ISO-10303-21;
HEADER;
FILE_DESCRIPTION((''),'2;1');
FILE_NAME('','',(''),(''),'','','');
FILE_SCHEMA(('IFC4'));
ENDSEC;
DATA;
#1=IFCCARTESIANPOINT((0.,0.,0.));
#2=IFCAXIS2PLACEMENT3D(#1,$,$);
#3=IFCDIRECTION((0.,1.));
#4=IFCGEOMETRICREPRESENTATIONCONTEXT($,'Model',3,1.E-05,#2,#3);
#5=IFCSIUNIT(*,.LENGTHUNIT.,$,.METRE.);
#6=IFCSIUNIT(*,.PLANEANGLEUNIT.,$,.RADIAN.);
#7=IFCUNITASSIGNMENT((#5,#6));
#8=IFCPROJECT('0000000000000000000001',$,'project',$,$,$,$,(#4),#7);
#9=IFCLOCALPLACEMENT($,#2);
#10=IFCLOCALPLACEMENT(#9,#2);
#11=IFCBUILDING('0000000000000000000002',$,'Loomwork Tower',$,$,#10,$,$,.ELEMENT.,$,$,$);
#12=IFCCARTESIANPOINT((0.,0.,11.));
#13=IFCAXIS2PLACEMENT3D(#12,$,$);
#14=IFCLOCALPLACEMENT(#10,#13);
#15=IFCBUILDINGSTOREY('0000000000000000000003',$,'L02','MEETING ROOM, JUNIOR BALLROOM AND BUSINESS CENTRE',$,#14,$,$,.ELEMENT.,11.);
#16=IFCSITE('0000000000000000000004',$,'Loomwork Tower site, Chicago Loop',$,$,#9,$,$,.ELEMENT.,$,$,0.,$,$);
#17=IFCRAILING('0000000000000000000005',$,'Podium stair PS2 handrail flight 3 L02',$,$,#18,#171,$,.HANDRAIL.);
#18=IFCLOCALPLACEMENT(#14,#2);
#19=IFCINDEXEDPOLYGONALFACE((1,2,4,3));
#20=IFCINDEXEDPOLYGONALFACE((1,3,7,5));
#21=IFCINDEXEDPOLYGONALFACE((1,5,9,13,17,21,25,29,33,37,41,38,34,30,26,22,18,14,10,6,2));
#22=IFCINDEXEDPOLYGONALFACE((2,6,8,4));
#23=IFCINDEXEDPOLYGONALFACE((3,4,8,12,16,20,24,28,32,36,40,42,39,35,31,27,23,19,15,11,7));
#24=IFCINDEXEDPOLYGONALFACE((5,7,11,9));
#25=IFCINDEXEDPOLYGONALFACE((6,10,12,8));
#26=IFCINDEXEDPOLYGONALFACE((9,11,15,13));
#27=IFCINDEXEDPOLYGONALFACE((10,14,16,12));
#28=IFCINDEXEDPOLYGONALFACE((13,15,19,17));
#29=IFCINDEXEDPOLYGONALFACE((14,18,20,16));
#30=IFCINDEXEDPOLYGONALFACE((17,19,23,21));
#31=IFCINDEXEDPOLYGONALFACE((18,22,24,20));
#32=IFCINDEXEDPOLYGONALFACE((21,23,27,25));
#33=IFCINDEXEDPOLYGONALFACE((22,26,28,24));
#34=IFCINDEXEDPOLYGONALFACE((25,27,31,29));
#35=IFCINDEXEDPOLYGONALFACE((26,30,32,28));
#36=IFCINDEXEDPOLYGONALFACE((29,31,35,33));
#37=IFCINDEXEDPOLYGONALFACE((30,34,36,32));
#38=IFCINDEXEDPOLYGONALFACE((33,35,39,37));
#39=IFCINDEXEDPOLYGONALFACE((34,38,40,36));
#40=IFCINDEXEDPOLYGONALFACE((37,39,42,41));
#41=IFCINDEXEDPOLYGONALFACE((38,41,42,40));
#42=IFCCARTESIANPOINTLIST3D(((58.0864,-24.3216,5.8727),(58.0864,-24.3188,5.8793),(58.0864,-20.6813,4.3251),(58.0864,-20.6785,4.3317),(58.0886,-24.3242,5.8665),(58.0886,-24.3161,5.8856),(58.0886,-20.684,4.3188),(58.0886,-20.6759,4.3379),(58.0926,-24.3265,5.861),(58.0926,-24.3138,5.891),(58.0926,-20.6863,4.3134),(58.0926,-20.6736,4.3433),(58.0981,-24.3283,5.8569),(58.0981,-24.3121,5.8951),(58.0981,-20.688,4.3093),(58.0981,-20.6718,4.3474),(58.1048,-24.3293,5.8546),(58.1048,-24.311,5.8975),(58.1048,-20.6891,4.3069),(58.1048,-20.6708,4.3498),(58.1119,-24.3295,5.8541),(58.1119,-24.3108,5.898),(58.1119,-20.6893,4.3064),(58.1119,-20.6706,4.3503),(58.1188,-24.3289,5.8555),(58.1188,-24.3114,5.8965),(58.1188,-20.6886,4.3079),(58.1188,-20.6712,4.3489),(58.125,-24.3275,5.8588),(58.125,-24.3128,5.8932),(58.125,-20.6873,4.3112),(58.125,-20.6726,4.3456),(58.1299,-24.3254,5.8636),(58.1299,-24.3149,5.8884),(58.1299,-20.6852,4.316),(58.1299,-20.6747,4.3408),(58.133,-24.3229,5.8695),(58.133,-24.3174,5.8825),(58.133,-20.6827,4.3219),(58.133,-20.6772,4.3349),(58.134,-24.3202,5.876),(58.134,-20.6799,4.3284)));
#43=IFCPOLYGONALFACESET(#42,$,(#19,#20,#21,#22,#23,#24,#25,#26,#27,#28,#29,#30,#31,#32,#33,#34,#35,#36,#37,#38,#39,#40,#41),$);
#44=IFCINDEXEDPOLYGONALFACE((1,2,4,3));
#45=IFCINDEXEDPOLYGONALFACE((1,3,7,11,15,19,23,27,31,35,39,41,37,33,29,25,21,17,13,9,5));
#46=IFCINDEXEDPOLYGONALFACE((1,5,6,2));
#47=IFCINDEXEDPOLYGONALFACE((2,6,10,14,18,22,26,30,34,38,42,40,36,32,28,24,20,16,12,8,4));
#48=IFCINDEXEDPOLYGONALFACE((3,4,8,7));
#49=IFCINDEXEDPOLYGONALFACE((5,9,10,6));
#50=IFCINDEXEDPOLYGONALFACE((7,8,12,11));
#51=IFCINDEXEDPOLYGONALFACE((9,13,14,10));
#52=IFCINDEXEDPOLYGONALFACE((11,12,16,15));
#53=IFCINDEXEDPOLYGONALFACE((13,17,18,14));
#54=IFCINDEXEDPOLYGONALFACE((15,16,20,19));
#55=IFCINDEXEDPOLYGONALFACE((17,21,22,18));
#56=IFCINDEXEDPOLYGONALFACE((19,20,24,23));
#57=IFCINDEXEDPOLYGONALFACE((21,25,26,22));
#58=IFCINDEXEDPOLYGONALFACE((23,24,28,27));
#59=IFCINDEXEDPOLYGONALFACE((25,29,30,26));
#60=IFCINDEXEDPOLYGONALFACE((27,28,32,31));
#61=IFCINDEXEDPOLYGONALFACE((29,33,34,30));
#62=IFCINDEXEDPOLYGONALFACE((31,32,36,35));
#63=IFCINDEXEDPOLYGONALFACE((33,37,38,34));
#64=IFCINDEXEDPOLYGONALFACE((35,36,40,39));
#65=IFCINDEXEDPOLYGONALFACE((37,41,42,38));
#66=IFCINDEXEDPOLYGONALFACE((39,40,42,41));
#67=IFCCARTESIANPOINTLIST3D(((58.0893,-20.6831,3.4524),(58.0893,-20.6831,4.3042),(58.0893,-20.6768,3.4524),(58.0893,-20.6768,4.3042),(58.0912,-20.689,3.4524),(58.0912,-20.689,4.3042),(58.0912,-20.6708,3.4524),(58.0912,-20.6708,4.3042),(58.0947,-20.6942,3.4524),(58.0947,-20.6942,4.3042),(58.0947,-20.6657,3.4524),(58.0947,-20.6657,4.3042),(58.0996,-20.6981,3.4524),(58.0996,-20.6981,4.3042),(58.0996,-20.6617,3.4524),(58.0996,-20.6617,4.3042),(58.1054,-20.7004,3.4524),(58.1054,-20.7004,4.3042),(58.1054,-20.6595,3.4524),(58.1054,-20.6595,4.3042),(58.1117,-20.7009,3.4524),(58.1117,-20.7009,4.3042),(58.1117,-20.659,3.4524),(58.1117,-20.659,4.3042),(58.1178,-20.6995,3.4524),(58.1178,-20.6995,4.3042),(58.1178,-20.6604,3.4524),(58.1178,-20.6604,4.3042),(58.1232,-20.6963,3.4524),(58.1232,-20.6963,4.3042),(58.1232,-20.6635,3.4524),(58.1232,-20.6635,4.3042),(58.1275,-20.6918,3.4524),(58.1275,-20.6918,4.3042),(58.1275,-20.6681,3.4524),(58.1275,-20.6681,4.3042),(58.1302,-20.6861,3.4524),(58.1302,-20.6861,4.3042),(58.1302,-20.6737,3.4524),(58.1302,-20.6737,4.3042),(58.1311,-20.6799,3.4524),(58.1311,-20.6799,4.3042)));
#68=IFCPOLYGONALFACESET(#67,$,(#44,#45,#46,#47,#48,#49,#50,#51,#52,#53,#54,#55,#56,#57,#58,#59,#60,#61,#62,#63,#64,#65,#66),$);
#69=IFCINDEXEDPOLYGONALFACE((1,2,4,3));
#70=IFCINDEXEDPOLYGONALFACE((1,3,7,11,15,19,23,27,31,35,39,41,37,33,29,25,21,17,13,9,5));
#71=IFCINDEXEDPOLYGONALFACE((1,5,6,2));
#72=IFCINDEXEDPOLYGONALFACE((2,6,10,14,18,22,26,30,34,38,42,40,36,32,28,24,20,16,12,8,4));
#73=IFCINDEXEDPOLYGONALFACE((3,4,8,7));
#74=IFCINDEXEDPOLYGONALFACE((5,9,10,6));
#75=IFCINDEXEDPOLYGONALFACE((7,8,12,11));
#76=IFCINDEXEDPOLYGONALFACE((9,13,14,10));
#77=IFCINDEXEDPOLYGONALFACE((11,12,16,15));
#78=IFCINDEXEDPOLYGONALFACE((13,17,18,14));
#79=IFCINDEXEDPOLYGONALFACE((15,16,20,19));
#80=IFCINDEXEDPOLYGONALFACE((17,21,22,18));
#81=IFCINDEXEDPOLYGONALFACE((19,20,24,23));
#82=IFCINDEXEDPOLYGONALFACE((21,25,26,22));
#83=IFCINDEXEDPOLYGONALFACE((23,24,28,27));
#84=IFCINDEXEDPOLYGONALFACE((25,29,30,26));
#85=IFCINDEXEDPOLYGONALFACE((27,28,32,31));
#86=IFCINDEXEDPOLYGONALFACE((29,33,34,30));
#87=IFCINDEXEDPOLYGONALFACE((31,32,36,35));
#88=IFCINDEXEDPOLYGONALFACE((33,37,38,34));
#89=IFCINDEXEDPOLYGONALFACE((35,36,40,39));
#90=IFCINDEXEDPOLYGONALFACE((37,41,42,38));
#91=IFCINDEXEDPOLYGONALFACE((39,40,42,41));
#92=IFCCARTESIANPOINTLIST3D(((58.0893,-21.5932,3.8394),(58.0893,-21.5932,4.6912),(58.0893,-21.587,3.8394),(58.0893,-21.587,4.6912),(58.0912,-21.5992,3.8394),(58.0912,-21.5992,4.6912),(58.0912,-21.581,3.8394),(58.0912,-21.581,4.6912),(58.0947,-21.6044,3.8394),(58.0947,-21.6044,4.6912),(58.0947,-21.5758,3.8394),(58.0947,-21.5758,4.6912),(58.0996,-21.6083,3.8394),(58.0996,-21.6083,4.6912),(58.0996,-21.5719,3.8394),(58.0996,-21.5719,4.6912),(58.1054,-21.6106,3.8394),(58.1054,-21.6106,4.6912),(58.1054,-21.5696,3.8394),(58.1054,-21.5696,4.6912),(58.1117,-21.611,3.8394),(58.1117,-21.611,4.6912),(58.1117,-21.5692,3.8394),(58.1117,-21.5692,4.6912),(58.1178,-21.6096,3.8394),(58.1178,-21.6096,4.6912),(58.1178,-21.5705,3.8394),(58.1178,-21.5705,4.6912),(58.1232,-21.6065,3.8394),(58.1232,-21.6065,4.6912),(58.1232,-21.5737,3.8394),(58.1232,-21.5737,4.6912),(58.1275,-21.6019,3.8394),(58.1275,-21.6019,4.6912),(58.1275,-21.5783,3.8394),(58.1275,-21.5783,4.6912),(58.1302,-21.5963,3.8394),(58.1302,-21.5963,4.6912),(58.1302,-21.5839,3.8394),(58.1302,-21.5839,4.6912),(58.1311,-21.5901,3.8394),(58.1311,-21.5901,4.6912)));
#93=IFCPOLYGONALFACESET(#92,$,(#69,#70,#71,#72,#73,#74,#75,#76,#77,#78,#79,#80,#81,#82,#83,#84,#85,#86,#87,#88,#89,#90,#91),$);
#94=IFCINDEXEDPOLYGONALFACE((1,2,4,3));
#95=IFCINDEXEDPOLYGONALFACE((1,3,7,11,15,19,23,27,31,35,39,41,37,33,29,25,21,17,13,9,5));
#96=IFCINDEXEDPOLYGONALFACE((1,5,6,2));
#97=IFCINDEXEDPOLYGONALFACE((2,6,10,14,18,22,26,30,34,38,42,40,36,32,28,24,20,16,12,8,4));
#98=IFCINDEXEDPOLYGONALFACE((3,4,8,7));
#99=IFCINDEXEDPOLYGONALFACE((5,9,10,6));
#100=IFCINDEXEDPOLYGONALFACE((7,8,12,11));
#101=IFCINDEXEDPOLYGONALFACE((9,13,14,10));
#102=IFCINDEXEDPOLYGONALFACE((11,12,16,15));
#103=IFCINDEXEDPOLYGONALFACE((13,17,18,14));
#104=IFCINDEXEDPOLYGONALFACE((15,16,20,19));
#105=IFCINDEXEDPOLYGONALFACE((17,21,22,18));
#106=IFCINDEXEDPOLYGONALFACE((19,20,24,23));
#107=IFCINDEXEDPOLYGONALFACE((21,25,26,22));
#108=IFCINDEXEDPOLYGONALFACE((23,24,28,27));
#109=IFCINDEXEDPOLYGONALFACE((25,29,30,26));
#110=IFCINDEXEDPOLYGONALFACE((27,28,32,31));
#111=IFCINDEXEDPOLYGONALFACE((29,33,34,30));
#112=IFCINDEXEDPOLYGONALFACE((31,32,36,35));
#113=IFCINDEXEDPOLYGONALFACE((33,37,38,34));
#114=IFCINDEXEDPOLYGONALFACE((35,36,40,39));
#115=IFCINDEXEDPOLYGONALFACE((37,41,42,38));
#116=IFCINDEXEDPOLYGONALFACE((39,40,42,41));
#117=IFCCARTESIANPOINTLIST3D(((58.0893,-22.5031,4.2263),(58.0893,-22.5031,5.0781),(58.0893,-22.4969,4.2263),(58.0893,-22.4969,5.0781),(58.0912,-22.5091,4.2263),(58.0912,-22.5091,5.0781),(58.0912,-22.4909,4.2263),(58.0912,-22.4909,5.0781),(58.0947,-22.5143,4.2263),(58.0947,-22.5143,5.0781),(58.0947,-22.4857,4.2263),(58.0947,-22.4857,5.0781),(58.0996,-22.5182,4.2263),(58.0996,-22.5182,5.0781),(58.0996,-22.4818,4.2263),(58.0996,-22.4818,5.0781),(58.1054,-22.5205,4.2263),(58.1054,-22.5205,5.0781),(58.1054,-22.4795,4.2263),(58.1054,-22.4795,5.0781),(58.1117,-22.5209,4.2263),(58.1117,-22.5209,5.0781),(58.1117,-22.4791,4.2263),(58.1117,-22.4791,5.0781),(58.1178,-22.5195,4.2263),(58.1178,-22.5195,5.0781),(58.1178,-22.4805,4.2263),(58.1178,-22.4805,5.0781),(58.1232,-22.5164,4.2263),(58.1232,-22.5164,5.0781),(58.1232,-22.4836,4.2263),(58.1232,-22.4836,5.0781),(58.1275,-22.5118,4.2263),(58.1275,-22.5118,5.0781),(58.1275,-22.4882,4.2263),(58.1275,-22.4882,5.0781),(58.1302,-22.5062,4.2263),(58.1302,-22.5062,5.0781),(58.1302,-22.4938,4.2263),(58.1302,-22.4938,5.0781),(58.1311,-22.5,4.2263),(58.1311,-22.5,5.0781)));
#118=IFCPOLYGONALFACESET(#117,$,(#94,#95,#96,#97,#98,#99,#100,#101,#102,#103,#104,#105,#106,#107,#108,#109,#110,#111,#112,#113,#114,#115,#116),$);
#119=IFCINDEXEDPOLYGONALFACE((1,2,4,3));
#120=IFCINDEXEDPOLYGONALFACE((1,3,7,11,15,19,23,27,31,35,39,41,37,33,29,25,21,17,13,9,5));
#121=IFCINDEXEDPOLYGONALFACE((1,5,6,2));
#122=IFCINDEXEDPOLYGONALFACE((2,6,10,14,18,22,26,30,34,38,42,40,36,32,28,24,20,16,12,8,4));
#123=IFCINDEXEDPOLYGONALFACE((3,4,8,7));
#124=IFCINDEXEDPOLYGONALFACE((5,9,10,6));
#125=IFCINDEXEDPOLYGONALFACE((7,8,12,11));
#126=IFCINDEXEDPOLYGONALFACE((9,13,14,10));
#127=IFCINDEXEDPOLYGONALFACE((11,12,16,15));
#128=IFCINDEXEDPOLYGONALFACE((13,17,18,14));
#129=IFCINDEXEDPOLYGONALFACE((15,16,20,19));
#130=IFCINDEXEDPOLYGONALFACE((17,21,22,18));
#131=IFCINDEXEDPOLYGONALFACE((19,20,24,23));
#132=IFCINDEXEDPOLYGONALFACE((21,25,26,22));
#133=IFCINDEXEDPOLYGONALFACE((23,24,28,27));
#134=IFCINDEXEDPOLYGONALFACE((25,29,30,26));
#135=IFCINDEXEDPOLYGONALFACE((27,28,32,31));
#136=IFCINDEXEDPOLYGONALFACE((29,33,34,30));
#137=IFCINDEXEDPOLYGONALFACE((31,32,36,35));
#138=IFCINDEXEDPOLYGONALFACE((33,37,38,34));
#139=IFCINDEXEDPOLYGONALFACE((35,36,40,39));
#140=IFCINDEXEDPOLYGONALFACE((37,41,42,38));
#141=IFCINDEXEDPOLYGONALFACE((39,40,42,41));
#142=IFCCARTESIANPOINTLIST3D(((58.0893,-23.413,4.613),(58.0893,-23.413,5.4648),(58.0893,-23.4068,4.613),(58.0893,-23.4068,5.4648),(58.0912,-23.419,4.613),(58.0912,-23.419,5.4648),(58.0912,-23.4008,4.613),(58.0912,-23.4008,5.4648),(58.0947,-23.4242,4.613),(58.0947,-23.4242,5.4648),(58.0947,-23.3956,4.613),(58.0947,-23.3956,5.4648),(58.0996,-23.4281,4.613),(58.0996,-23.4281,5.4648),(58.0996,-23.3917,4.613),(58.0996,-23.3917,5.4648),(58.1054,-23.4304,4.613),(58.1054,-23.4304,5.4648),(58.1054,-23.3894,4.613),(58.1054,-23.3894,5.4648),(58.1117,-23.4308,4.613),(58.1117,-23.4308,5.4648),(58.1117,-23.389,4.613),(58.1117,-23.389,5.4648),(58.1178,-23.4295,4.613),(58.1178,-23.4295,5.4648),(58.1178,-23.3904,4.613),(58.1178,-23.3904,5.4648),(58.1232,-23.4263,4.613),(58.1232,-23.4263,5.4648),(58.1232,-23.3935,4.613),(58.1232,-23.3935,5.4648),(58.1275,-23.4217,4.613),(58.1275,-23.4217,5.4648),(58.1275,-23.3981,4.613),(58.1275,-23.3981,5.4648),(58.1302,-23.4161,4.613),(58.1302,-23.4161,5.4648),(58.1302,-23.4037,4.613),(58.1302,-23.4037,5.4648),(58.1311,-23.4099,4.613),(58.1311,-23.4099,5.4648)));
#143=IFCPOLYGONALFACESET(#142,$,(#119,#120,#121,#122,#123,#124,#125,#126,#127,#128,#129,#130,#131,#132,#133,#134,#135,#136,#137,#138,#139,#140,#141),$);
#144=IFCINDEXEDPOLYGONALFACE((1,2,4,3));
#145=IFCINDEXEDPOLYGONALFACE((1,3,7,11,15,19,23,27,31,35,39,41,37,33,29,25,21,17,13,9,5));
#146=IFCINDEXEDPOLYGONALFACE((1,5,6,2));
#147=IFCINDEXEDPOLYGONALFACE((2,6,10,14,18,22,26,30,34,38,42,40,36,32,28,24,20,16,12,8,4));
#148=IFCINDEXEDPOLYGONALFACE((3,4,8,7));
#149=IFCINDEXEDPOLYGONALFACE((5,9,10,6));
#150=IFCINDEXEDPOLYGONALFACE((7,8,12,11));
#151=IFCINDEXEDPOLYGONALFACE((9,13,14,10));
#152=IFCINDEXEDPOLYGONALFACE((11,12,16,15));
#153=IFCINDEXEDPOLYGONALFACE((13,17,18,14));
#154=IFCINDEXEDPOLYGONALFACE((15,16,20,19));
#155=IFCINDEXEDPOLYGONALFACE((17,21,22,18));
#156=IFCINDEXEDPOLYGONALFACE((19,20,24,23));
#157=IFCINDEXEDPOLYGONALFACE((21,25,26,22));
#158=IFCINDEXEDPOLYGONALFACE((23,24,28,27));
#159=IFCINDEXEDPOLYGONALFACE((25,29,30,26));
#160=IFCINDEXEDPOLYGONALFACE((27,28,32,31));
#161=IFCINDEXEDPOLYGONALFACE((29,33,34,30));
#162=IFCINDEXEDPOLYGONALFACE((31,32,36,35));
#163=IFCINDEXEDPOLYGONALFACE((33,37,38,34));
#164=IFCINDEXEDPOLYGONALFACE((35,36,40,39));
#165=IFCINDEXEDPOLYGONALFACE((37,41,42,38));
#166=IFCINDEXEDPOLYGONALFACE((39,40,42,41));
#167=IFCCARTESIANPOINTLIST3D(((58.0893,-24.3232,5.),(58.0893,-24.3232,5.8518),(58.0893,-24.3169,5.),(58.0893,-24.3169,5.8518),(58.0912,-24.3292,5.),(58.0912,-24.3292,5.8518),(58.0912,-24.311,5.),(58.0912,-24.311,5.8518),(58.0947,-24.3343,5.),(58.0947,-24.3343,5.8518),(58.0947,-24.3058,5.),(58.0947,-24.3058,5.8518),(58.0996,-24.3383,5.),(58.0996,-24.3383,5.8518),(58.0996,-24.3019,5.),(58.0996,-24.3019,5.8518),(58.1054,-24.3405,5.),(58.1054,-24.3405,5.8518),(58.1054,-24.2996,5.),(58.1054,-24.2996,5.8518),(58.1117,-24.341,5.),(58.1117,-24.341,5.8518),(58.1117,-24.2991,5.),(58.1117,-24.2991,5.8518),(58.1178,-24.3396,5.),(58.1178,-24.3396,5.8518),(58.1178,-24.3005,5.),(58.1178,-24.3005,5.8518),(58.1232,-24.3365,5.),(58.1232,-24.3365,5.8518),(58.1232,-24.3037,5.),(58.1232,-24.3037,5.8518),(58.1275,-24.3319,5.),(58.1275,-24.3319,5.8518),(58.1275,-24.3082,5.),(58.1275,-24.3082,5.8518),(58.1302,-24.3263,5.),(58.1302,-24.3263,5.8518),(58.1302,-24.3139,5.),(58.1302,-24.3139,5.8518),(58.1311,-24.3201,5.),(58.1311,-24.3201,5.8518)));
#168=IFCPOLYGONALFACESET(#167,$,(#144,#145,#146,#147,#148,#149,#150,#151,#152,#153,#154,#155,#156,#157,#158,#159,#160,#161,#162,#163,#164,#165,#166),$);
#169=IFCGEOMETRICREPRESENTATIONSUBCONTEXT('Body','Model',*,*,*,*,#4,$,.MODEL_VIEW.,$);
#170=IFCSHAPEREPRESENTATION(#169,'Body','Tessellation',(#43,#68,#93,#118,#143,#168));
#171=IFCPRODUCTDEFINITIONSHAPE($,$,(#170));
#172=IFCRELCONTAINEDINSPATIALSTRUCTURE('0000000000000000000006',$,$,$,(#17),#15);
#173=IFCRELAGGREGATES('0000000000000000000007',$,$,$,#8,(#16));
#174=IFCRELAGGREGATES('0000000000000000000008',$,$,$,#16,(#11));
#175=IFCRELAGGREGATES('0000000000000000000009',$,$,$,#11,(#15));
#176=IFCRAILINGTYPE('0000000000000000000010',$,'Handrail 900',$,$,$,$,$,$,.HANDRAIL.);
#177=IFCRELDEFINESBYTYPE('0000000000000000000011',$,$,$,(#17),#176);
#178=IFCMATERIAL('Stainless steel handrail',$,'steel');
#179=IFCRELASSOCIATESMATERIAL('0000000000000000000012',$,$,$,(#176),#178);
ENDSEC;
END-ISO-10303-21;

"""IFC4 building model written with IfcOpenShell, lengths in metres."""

from ifc_helpers import new_model, si_unit, direction, frame, origin, origin_2d, place, context, subcontext, project, spatial, circle, extrude, material, type_object, element, save


model = new_model("IFC4")

# Units and contexts
model_context = context("Model", 3, precision=1e-05, world=origin(), true_north=direction((0.0, 1.0)))
body_context = subcontext(model_context, "Body", "Model", "MODEL_VIEW")
ifc_project = project(units=[si_unit("LENGTHUNIT", "METRE"), si_unit("PLANEANGLEUNIT", "RADIAN")], contexts=[model_context])

# Site, building, storey
site_placement = place(None, origin())
site = spatial("IfcSite", under=ifc_project, at=site_placement, Name="Loomwork Tower site, Chicago Loop", CompositionType="ELEMENT", RefElevation=0.0)
building_placement = place(site_placement, origin())
building = spatial("IfcBuilding", under=site, at=building_placement, Name="Loomwork Tower", CompositionType="ELEMENT")
storey_placement = place(building_placement, frame((0.0, 0.0, 11.0)))
storey = spatial("IfcBuildingStorey", under=building, at=storey_placement, Name="L02", Description="MEETING ROOM, JUNIOR BALLROOM AND BUSINESS CENTRE", CompositionType="ELEMENT", Elevation=11.0)

# Railing
ifc_material_1 = material(Name="Stainless steel handrail", Category="steel")
railing_type = type_object("IfcRailingType", Name="Handrail 900", PredefinedType="HANDRAIL", material=ifc_material_1)
railing_1_placement = place(storey_placement, frame((58.1101, -20.6799, 3.4524)))
element("IfcRailing", 1, at=railing_1_placement, inside=storey, type_object=railing_type, Name="Podium stair PS2 handrail flight 3 L02", PredefinedType="HANDRAIL", context=body_context, shape_type="SweptSolid", body=[
    extrude(circle(Radius=0.0239, at=origin_2d()), frame((0.0, 0.0, 0.876), z_axis=(0.0, -0.920281, 0.391258), x_axis=(1.0, 0.0, 0.0)), (0.0, 0.0, 1.0), 3.9556),
    extrude(circle(Radius=0.021, at=origin_2d()), origin(), (0.0, 0.0, 1.0), 0.8518),
    extrude(circle(Radius=0.021, at=origin_2d()), frame((0.0, -0.9102, 0.387)), (0.0, 0.0, 1.0), 0.8518),
    extrude(circle(Radius=0.021, at=origin_2d()), frame((0.0, -1.8201, 0.7739)), (0.0, 0.0, 1.0), 0.8518),
    extrude(circle(Radius=0.021, at=origin_2d()), frame((0.0, -2.73, 1.1606)), (0.0, 0.0, 1.0), 0.8518),
    extrude(circle(Radius=0.021, at=origin_2d()), frame((0.0, -3.6401, 1.5476)), (0.0, 0.0, 1.0), 0.8518),
])

save(model, "model.ifc")
